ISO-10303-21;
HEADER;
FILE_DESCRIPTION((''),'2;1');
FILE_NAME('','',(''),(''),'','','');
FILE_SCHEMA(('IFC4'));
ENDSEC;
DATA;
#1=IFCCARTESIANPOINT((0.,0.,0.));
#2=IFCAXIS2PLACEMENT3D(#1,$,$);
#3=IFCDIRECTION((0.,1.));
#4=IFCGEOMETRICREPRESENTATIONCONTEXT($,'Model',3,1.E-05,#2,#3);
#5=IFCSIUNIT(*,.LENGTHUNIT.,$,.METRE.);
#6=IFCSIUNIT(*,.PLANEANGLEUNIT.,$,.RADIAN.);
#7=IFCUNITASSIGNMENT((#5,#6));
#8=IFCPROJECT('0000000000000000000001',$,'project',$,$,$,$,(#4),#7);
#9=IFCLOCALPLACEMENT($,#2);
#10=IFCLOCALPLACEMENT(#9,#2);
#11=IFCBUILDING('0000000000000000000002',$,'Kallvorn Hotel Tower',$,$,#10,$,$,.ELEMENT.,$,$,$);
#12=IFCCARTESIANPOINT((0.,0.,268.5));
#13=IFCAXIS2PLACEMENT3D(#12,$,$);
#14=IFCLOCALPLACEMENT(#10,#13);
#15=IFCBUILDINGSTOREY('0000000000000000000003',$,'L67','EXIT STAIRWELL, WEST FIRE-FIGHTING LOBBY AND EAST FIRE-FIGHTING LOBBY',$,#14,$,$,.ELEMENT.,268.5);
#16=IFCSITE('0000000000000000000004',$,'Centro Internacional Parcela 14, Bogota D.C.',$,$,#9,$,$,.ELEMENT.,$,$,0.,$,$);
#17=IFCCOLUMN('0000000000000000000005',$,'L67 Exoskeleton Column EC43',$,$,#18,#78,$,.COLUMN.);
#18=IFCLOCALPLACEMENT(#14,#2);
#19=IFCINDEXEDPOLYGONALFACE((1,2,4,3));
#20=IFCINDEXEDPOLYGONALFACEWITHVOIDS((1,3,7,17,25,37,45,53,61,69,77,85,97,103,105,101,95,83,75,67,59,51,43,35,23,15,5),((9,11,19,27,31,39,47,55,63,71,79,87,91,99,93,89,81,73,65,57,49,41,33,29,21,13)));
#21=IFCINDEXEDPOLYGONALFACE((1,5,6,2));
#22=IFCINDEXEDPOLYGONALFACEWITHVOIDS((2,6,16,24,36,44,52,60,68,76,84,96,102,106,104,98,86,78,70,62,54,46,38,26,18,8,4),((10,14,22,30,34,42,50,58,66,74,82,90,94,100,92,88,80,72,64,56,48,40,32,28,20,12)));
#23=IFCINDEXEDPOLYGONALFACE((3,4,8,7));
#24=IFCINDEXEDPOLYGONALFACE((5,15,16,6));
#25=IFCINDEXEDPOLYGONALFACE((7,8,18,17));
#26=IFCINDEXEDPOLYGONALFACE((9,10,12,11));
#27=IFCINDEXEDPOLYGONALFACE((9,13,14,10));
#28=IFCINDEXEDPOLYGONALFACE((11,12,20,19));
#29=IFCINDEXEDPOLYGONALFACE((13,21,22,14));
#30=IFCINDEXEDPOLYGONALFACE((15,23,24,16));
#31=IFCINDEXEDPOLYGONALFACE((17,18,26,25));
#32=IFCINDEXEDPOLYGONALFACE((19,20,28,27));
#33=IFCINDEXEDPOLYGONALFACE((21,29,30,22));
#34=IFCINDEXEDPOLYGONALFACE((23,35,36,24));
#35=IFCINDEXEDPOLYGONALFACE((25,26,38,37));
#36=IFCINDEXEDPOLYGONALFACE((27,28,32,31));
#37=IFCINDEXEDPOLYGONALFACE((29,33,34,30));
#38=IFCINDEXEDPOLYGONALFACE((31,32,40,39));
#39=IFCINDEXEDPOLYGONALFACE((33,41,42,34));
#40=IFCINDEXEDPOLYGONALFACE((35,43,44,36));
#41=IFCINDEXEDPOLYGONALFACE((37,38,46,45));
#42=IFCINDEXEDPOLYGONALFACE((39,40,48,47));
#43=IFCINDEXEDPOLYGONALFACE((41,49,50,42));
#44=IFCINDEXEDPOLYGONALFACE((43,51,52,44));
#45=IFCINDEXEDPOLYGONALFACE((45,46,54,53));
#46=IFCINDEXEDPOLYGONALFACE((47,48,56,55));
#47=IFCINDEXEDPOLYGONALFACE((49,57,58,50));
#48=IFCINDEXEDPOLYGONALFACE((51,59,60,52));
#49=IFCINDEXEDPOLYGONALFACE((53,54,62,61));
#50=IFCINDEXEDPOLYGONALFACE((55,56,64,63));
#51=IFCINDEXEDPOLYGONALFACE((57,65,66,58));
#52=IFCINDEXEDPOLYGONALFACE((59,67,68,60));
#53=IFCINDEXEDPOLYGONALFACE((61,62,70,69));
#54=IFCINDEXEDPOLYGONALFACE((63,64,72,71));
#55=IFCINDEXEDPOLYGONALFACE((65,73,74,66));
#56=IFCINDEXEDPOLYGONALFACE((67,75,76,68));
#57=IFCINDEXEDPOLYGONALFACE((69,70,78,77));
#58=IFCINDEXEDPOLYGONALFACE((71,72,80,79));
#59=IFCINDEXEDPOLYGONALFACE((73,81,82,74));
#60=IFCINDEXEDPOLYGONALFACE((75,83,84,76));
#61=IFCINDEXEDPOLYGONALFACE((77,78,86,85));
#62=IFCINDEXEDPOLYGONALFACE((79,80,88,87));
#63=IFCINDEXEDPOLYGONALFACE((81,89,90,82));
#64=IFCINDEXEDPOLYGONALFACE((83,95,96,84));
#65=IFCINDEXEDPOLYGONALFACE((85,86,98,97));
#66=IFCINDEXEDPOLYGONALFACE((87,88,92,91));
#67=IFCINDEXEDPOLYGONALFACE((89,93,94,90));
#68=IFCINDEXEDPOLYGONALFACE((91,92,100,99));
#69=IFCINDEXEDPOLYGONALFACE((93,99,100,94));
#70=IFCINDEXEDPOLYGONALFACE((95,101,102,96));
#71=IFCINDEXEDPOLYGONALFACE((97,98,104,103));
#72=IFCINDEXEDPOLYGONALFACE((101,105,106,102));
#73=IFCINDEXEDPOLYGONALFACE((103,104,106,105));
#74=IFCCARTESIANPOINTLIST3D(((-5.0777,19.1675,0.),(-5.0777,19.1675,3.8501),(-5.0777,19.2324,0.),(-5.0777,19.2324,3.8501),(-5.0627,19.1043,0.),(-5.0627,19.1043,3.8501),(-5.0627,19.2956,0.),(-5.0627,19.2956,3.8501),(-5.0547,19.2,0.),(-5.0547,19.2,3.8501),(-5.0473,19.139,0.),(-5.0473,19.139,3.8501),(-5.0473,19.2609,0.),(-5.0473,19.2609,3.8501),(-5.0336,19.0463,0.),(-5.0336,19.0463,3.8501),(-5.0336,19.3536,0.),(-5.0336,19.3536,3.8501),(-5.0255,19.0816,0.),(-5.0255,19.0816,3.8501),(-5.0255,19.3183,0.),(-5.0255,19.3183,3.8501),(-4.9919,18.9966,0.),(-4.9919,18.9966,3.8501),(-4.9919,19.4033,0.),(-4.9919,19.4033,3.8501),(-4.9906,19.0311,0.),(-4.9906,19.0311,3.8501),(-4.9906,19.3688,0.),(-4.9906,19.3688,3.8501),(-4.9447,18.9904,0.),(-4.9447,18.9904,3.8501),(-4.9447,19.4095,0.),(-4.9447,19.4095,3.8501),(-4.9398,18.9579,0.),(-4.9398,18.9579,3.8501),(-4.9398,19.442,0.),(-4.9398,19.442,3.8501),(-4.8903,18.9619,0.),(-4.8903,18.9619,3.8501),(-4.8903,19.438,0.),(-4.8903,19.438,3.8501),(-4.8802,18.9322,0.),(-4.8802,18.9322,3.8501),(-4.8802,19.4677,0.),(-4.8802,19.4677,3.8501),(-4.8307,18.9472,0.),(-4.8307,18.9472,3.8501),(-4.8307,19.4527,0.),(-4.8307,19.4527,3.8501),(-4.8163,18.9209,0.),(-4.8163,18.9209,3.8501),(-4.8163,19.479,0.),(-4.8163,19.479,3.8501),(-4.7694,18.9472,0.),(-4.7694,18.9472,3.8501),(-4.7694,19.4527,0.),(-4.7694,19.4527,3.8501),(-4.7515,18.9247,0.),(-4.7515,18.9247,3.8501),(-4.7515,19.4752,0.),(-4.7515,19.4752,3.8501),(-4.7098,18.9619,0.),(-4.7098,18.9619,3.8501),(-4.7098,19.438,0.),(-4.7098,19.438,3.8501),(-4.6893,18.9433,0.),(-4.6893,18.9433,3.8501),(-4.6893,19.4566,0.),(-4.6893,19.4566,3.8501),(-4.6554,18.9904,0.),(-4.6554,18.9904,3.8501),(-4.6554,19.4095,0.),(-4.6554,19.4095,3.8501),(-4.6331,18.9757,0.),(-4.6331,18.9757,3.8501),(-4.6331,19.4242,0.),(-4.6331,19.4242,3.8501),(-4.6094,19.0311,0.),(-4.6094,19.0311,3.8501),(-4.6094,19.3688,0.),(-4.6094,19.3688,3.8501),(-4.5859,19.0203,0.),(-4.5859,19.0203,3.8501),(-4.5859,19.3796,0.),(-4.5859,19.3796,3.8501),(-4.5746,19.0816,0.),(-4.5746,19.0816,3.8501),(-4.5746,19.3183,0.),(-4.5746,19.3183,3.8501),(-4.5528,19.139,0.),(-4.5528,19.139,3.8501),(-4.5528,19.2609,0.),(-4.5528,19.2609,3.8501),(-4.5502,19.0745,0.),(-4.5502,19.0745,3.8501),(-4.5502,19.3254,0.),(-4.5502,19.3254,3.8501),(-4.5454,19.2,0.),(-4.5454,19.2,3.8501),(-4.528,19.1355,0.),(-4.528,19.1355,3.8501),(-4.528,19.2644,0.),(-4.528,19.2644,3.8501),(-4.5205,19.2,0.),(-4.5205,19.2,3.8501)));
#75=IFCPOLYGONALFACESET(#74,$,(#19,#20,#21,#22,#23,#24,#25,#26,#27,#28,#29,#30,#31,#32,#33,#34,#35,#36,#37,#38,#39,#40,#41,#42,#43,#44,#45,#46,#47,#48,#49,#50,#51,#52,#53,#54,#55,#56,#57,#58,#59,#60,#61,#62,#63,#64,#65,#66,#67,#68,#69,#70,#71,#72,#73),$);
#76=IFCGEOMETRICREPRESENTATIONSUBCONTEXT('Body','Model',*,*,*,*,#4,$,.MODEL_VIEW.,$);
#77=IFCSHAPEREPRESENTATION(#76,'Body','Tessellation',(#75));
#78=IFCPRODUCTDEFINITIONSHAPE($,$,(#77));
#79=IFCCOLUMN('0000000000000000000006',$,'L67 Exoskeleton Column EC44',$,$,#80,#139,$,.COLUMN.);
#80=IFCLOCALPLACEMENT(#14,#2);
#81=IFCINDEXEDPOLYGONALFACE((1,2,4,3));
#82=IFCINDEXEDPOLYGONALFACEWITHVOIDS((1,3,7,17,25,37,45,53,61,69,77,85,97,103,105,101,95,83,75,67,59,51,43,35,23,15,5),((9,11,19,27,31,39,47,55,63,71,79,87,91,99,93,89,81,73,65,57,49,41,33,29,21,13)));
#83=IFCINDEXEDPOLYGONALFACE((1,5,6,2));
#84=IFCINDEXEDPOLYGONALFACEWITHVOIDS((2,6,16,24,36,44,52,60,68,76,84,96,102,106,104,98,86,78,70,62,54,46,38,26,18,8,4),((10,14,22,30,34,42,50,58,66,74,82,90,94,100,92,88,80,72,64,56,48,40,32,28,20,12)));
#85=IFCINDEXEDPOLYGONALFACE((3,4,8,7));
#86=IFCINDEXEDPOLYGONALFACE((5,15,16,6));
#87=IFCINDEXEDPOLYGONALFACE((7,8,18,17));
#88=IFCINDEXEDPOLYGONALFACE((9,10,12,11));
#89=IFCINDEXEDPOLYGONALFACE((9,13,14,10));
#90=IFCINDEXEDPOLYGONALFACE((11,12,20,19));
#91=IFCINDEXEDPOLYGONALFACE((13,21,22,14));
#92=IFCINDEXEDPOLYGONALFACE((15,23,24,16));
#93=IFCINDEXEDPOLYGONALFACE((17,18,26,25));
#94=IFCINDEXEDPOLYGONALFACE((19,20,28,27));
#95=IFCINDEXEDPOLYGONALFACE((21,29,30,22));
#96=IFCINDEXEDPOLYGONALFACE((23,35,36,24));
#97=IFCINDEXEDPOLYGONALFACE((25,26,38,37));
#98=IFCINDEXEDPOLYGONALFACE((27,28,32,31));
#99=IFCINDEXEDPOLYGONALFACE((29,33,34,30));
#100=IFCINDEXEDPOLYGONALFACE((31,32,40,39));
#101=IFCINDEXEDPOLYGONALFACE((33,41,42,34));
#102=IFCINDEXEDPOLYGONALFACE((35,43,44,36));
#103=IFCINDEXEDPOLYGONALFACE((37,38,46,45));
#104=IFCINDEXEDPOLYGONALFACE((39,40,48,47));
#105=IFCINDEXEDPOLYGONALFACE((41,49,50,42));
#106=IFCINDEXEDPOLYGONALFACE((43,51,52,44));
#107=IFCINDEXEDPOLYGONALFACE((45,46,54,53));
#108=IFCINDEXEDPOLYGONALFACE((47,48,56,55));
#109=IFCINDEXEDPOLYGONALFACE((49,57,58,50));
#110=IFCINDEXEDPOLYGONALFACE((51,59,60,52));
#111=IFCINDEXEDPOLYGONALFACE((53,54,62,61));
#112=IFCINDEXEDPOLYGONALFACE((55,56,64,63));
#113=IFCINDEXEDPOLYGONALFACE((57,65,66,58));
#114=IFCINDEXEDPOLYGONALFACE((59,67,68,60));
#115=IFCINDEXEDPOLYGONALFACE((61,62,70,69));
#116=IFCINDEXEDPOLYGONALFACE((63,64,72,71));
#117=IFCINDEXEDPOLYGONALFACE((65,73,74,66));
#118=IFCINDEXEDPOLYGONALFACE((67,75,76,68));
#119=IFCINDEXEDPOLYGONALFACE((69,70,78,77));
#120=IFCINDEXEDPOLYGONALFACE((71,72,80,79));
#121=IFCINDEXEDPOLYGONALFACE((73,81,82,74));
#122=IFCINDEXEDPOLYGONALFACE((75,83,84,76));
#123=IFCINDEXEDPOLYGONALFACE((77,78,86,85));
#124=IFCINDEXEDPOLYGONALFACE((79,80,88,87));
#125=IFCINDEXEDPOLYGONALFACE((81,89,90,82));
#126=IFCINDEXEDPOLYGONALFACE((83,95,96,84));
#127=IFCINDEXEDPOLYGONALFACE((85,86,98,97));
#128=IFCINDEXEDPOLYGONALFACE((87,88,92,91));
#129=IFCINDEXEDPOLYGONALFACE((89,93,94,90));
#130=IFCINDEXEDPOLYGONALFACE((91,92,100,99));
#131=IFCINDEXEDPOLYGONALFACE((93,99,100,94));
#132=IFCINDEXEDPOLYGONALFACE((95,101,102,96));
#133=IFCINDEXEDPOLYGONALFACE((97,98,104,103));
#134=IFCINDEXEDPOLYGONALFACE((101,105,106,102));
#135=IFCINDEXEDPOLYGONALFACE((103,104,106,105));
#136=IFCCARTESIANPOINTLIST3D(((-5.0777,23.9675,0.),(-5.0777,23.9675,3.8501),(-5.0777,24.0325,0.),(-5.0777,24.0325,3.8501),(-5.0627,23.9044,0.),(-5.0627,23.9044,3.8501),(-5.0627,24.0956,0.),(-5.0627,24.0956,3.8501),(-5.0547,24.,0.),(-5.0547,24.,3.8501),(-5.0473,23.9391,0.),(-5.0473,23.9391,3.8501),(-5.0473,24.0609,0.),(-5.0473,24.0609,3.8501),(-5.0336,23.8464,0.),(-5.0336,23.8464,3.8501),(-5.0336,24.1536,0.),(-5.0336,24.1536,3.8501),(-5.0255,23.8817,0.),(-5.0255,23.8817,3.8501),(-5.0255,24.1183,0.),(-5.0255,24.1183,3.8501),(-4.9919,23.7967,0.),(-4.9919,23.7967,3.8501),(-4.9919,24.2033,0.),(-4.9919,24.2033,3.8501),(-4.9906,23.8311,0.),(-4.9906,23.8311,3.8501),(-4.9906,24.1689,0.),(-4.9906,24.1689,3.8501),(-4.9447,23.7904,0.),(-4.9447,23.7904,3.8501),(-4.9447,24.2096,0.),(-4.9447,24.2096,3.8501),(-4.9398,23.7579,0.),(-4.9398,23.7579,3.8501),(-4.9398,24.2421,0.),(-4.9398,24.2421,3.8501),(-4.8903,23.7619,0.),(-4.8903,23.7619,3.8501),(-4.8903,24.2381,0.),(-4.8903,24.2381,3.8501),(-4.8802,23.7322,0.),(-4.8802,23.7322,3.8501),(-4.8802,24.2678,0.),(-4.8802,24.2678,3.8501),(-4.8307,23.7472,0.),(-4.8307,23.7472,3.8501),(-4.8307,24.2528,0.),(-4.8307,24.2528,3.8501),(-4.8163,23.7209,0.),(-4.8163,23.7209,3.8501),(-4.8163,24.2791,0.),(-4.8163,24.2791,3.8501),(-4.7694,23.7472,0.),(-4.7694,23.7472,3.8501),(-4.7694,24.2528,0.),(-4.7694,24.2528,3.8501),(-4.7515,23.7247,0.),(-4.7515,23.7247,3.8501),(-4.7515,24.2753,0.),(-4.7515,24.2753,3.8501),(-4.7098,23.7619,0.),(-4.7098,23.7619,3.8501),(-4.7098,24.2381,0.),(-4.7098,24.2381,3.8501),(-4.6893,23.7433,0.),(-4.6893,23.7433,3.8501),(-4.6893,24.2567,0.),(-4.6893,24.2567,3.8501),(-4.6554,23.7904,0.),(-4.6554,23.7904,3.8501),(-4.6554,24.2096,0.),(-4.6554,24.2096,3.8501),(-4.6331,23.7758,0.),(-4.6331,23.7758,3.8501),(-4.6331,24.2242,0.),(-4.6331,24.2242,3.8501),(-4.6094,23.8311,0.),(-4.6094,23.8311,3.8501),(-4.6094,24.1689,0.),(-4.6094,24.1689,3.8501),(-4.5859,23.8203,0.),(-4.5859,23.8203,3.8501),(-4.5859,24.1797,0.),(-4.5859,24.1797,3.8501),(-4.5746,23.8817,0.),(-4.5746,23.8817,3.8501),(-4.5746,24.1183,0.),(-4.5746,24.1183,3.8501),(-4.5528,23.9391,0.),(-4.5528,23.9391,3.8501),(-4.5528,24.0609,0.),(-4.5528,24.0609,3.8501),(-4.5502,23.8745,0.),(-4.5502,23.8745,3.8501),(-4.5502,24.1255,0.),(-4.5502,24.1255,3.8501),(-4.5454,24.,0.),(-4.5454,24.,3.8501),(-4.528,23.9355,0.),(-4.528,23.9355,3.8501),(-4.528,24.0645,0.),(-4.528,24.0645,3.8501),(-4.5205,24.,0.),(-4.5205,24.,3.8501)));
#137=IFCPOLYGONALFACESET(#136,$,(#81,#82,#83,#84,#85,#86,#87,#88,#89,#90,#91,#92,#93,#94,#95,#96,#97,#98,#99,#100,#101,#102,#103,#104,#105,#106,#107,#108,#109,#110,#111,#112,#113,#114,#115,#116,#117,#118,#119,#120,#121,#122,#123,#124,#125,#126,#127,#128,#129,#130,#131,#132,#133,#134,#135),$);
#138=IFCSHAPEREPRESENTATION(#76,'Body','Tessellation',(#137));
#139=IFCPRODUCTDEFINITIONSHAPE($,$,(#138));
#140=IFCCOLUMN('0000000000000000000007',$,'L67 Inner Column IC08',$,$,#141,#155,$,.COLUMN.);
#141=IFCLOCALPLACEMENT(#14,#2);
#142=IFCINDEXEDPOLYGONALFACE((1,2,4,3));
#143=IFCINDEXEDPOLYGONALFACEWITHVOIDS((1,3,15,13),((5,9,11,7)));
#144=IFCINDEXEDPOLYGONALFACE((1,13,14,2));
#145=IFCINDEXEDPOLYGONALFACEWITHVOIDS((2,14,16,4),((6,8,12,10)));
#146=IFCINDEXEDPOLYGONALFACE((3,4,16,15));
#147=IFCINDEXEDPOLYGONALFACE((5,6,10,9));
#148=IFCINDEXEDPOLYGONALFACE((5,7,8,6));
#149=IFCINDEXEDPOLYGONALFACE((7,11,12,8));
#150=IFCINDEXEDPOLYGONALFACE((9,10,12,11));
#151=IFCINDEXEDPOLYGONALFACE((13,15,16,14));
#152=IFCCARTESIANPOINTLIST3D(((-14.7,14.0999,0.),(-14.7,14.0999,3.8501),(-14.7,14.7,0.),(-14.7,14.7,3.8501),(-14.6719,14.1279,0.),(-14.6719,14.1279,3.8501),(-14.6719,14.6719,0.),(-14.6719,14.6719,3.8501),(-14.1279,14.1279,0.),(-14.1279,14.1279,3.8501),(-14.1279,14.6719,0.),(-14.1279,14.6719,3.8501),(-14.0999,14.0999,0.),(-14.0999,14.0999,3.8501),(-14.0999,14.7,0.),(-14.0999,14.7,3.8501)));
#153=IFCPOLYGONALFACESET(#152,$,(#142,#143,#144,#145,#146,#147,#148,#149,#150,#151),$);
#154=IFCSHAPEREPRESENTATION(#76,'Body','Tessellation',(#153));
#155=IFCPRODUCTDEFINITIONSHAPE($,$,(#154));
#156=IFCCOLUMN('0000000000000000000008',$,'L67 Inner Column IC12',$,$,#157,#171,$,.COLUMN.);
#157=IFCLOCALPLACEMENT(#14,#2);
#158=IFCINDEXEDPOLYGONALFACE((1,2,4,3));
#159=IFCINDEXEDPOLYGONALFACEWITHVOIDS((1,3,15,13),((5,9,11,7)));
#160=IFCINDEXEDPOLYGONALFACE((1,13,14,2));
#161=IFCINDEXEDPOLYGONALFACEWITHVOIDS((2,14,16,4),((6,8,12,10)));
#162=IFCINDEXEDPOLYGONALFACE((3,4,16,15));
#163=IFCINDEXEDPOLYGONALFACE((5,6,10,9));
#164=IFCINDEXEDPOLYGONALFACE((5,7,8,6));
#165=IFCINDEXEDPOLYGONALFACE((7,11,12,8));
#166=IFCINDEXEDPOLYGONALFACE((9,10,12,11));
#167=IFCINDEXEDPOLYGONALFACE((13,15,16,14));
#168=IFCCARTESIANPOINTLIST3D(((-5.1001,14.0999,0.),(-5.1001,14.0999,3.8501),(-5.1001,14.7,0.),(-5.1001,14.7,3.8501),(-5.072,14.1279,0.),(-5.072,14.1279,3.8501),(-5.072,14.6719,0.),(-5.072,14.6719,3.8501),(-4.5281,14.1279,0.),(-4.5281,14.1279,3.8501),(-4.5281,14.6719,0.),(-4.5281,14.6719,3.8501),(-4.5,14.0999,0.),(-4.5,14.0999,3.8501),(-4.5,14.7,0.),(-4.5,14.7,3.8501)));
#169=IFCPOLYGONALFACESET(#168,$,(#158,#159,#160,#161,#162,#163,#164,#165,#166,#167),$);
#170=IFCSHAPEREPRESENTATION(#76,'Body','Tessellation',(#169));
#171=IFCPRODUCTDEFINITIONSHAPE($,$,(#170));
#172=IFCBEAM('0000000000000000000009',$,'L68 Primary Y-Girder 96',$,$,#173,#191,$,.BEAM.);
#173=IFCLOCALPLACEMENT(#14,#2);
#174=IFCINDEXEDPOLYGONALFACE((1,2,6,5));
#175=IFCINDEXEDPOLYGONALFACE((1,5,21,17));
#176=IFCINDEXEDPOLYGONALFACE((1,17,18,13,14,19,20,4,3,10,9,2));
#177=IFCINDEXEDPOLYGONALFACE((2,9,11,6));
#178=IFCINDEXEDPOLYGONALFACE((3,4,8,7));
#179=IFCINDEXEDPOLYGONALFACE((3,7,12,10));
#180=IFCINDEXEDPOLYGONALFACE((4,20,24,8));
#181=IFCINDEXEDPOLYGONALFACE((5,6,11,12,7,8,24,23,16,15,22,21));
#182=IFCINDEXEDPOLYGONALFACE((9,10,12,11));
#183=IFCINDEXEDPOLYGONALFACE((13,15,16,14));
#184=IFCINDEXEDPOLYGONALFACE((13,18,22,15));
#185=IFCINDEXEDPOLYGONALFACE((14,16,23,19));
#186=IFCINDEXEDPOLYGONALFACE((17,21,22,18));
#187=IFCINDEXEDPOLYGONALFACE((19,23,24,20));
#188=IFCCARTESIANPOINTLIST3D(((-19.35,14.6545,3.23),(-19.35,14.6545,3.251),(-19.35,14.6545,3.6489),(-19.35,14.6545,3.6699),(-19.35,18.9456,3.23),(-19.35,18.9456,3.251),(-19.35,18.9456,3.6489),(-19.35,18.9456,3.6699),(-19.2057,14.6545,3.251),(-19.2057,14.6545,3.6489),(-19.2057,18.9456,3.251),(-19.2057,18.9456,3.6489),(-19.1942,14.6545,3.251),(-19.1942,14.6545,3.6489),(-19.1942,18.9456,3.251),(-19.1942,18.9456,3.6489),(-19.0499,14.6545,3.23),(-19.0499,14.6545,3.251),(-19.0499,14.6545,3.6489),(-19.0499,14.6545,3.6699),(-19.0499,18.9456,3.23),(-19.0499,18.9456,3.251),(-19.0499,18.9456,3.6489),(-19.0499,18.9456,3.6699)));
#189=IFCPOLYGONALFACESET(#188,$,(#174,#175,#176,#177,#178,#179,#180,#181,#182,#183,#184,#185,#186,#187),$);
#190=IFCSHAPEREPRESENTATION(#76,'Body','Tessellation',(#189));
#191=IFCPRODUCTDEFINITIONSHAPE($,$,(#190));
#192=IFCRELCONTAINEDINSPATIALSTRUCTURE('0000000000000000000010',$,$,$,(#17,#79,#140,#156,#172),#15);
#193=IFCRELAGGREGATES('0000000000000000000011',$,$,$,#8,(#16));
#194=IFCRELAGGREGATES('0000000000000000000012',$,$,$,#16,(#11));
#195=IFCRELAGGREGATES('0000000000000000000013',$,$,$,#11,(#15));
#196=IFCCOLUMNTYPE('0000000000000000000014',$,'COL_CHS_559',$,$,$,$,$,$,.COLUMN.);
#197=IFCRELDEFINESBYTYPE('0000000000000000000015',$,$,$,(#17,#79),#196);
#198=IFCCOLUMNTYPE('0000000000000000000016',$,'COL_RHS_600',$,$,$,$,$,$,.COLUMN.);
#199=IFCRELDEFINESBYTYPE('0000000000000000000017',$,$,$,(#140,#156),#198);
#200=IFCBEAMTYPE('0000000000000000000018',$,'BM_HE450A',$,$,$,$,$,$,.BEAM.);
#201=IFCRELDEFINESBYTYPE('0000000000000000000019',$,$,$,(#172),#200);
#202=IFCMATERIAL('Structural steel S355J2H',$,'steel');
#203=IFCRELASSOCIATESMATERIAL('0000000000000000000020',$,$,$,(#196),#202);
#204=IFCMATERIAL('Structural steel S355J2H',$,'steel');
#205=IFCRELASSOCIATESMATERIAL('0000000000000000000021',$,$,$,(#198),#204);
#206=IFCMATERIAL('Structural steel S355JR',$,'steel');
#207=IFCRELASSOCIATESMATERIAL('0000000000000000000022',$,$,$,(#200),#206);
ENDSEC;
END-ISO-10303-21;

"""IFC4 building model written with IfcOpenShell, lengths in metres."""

from ifc_helpers import new_model, si_unit, direction, frame, origin, origin_2d, place, context, subcontext, project, spatial, hollow_rectangle, hollow_circle, i_section, extrude, material, material_profile, profile_set, type_object, element, save


model = new_model("IFC4")

# Units and contexts
model_context = context("Model", 3, precision=1e-05, world=origin(), true_north=direction((0.0, 1.0)))
body_context = subcontext(model_context, "Body", "Model", "MODEL_VIEW")
ifc_project = project(units=[si_unit("LENGTHUNIT", "METRE"), si_unit("PLANEANGLEUNIT", "RADIAN")], contexts=[model_context])

# Site, building, storey
site_placement = place(None, origin())
site = spatial("IfcSite", under=ifc_project, at=site_placement, Name="Centro Internacional Parcela 14, Bogota D.C.", CompositionType="ELEMENT", RefElevation=0.0)
building_placement = place(site_placement, origin())
building = spatial("IfcBuilding", under=site, at=building_placement, Name="Kallvorn Hotel Tower", CompositionType="ELEMENT")
storey_placement = place(building_placement, frame((0.0, 0.0, 268.5)))
storey = spatial("IfcBuildingStorey", under=building, at=storey_placement, Name="L67", Description="EXIT STAIRWELL, WEST FIRE-FIGHTING LOBBY AND EAST FIRE-FIGHTING LOBBY", CompositionType="ELEMENT", Elevation=268.5)

# Columns
ifc_material_1 = material(Name="Structural steel S355J2H", Category="steel")
ifc_material_profile_1 = material_profile(ifc_material_1, hollow_circle(Radius=0.2795, WallThickness=0.0249, at=origin_2d()), Name="CHS 559x25")
ifc_profile_set_1 = profile_set([ifc_material_profile_1], Name="Structural steel S355J2H")
column_type_1 = type_object("IfcColumnType", Name="COL_CHS_559", PredefinedType="COLUMN", material=ifc_profile_set_1)
for number, where, z_axis, x_axis, name in (
    (1, (-4.8, 19.2, 0.0), (0.0, 0.0, 1.0), (1.0, 0.0, 0.0), "L67 Exoskeleton Column EC43"),
    (2, (-4.8, 24.0, 0.0), (0.0, 0.0, 1.0), (1.0, 0.0, 0.0), "L67 Exoskeleton Column EC44"),
):
    element("IfcColumn", number, at=place(storey_placement, frame(where, z_axis=z_axis, x_axis=x_axis)), inside=storey, type_object=column_type_1, Name=name, PredefinedType="COLUMN", context=body_context, shape_type="SweptSolid", body=[
        extrude(hollow_circle(Radius=0.2795, WallThickness=0.0249, at=origin_2d()), origin(), (0.0, 0.0, 1.0), 3.8501),
    ])
ifc_material_2 = material(Name="Structural steel S355J2H", Category="steel")
ifc_material_profile_2 = material_profile(ifc_material_2, hollow_rectangle(XDim=0.6001, YDim=0.6001, WallThickness=0.0281, at=origin_2d()), Name="RHS 600x600x28")
ifc_profile_set_2 = profile_set([ifc_material_profile_2], Name="Structural steel S355J2H")
column_type_2 = type_object("IfcColumnType", Name="COL_RHS_600", PredefinedType="COLUMN", material=ifc_profile_set_2)
for number, where, z_axis, x_axis, name in (
    (3, (-14.3999, 14.3999, 0.0), (0.0, 0.0, 1.0), (1.0, 0.0, 0.0), "L67 Inner Column IC08"),
    (4, (-4.8, 14.3999, 0.0), (0.0, 0.0, 1.0), (1.0, 0.0, 0.0), "L67 Inner Column IC12"),
):
    element("IfcColumn", number, at=place(storey_placement, frame(where, z_axis=z_axis, x_axis=x_axis)), inside=storey, type_object=column_type_2, Name=name, PredefinedType="COLUMN", context=body_context, shape_type="SweptSolid", body=[
        extrude(hollow_rectangle(XDim=0.6001, YDim=0.6001, WallThickness=0.0281, at=origin_2d()), origin(), (0.0, 0.0, 1.0), 3.8501),
    ])

# Beam
ifc_material_3 = material(Name="Structural steel S355JR", Category="steel")
ifc_material_profile_3 = material_profile(ifc_material_3, i_section(OverallWidth=0.3, OverallDepth=0.4399, WebThickness=0.0115, FlangeThickness=0.021, at=origin_2d()), Name="HE 450 A")
ifc_profile_set_3 = profile_set([ifc_material_profile_3], Name="Structural steel S355JR")
beam_type_1 = type_object("IfcBeamType", Name="BM_HE450A", PredefinedType="BEAM", material=ifc_profile_set_3)
for number, where, z_axis, x_axis, name in (
    (5, (-19.2, 14.6545, 3.45), (0.0, 1.0, 0.0), (-1.0, 0.0, 0.0), "L68 Primary Y-Girder 96"),
):
    element("IfcBeam", number, at=place(storey_placement, frame(where, z_axis=z_axis, x_axis=x_axis)), inside=storey, type_object=beam_type_1, Name=name, PredefinedType="BEAM", context=body_context, shape_type="SweptSolid", body=[
        extrude(i_section(OverallWidth=0.3, OverallDepth=0.4399, WebThickness=0.0115, FlangeThickness=0.021, at=origin_2d()), origin(), (0.0, 0.0, 1.0), 4.291),
    ])

save(model, "model.ifc")
